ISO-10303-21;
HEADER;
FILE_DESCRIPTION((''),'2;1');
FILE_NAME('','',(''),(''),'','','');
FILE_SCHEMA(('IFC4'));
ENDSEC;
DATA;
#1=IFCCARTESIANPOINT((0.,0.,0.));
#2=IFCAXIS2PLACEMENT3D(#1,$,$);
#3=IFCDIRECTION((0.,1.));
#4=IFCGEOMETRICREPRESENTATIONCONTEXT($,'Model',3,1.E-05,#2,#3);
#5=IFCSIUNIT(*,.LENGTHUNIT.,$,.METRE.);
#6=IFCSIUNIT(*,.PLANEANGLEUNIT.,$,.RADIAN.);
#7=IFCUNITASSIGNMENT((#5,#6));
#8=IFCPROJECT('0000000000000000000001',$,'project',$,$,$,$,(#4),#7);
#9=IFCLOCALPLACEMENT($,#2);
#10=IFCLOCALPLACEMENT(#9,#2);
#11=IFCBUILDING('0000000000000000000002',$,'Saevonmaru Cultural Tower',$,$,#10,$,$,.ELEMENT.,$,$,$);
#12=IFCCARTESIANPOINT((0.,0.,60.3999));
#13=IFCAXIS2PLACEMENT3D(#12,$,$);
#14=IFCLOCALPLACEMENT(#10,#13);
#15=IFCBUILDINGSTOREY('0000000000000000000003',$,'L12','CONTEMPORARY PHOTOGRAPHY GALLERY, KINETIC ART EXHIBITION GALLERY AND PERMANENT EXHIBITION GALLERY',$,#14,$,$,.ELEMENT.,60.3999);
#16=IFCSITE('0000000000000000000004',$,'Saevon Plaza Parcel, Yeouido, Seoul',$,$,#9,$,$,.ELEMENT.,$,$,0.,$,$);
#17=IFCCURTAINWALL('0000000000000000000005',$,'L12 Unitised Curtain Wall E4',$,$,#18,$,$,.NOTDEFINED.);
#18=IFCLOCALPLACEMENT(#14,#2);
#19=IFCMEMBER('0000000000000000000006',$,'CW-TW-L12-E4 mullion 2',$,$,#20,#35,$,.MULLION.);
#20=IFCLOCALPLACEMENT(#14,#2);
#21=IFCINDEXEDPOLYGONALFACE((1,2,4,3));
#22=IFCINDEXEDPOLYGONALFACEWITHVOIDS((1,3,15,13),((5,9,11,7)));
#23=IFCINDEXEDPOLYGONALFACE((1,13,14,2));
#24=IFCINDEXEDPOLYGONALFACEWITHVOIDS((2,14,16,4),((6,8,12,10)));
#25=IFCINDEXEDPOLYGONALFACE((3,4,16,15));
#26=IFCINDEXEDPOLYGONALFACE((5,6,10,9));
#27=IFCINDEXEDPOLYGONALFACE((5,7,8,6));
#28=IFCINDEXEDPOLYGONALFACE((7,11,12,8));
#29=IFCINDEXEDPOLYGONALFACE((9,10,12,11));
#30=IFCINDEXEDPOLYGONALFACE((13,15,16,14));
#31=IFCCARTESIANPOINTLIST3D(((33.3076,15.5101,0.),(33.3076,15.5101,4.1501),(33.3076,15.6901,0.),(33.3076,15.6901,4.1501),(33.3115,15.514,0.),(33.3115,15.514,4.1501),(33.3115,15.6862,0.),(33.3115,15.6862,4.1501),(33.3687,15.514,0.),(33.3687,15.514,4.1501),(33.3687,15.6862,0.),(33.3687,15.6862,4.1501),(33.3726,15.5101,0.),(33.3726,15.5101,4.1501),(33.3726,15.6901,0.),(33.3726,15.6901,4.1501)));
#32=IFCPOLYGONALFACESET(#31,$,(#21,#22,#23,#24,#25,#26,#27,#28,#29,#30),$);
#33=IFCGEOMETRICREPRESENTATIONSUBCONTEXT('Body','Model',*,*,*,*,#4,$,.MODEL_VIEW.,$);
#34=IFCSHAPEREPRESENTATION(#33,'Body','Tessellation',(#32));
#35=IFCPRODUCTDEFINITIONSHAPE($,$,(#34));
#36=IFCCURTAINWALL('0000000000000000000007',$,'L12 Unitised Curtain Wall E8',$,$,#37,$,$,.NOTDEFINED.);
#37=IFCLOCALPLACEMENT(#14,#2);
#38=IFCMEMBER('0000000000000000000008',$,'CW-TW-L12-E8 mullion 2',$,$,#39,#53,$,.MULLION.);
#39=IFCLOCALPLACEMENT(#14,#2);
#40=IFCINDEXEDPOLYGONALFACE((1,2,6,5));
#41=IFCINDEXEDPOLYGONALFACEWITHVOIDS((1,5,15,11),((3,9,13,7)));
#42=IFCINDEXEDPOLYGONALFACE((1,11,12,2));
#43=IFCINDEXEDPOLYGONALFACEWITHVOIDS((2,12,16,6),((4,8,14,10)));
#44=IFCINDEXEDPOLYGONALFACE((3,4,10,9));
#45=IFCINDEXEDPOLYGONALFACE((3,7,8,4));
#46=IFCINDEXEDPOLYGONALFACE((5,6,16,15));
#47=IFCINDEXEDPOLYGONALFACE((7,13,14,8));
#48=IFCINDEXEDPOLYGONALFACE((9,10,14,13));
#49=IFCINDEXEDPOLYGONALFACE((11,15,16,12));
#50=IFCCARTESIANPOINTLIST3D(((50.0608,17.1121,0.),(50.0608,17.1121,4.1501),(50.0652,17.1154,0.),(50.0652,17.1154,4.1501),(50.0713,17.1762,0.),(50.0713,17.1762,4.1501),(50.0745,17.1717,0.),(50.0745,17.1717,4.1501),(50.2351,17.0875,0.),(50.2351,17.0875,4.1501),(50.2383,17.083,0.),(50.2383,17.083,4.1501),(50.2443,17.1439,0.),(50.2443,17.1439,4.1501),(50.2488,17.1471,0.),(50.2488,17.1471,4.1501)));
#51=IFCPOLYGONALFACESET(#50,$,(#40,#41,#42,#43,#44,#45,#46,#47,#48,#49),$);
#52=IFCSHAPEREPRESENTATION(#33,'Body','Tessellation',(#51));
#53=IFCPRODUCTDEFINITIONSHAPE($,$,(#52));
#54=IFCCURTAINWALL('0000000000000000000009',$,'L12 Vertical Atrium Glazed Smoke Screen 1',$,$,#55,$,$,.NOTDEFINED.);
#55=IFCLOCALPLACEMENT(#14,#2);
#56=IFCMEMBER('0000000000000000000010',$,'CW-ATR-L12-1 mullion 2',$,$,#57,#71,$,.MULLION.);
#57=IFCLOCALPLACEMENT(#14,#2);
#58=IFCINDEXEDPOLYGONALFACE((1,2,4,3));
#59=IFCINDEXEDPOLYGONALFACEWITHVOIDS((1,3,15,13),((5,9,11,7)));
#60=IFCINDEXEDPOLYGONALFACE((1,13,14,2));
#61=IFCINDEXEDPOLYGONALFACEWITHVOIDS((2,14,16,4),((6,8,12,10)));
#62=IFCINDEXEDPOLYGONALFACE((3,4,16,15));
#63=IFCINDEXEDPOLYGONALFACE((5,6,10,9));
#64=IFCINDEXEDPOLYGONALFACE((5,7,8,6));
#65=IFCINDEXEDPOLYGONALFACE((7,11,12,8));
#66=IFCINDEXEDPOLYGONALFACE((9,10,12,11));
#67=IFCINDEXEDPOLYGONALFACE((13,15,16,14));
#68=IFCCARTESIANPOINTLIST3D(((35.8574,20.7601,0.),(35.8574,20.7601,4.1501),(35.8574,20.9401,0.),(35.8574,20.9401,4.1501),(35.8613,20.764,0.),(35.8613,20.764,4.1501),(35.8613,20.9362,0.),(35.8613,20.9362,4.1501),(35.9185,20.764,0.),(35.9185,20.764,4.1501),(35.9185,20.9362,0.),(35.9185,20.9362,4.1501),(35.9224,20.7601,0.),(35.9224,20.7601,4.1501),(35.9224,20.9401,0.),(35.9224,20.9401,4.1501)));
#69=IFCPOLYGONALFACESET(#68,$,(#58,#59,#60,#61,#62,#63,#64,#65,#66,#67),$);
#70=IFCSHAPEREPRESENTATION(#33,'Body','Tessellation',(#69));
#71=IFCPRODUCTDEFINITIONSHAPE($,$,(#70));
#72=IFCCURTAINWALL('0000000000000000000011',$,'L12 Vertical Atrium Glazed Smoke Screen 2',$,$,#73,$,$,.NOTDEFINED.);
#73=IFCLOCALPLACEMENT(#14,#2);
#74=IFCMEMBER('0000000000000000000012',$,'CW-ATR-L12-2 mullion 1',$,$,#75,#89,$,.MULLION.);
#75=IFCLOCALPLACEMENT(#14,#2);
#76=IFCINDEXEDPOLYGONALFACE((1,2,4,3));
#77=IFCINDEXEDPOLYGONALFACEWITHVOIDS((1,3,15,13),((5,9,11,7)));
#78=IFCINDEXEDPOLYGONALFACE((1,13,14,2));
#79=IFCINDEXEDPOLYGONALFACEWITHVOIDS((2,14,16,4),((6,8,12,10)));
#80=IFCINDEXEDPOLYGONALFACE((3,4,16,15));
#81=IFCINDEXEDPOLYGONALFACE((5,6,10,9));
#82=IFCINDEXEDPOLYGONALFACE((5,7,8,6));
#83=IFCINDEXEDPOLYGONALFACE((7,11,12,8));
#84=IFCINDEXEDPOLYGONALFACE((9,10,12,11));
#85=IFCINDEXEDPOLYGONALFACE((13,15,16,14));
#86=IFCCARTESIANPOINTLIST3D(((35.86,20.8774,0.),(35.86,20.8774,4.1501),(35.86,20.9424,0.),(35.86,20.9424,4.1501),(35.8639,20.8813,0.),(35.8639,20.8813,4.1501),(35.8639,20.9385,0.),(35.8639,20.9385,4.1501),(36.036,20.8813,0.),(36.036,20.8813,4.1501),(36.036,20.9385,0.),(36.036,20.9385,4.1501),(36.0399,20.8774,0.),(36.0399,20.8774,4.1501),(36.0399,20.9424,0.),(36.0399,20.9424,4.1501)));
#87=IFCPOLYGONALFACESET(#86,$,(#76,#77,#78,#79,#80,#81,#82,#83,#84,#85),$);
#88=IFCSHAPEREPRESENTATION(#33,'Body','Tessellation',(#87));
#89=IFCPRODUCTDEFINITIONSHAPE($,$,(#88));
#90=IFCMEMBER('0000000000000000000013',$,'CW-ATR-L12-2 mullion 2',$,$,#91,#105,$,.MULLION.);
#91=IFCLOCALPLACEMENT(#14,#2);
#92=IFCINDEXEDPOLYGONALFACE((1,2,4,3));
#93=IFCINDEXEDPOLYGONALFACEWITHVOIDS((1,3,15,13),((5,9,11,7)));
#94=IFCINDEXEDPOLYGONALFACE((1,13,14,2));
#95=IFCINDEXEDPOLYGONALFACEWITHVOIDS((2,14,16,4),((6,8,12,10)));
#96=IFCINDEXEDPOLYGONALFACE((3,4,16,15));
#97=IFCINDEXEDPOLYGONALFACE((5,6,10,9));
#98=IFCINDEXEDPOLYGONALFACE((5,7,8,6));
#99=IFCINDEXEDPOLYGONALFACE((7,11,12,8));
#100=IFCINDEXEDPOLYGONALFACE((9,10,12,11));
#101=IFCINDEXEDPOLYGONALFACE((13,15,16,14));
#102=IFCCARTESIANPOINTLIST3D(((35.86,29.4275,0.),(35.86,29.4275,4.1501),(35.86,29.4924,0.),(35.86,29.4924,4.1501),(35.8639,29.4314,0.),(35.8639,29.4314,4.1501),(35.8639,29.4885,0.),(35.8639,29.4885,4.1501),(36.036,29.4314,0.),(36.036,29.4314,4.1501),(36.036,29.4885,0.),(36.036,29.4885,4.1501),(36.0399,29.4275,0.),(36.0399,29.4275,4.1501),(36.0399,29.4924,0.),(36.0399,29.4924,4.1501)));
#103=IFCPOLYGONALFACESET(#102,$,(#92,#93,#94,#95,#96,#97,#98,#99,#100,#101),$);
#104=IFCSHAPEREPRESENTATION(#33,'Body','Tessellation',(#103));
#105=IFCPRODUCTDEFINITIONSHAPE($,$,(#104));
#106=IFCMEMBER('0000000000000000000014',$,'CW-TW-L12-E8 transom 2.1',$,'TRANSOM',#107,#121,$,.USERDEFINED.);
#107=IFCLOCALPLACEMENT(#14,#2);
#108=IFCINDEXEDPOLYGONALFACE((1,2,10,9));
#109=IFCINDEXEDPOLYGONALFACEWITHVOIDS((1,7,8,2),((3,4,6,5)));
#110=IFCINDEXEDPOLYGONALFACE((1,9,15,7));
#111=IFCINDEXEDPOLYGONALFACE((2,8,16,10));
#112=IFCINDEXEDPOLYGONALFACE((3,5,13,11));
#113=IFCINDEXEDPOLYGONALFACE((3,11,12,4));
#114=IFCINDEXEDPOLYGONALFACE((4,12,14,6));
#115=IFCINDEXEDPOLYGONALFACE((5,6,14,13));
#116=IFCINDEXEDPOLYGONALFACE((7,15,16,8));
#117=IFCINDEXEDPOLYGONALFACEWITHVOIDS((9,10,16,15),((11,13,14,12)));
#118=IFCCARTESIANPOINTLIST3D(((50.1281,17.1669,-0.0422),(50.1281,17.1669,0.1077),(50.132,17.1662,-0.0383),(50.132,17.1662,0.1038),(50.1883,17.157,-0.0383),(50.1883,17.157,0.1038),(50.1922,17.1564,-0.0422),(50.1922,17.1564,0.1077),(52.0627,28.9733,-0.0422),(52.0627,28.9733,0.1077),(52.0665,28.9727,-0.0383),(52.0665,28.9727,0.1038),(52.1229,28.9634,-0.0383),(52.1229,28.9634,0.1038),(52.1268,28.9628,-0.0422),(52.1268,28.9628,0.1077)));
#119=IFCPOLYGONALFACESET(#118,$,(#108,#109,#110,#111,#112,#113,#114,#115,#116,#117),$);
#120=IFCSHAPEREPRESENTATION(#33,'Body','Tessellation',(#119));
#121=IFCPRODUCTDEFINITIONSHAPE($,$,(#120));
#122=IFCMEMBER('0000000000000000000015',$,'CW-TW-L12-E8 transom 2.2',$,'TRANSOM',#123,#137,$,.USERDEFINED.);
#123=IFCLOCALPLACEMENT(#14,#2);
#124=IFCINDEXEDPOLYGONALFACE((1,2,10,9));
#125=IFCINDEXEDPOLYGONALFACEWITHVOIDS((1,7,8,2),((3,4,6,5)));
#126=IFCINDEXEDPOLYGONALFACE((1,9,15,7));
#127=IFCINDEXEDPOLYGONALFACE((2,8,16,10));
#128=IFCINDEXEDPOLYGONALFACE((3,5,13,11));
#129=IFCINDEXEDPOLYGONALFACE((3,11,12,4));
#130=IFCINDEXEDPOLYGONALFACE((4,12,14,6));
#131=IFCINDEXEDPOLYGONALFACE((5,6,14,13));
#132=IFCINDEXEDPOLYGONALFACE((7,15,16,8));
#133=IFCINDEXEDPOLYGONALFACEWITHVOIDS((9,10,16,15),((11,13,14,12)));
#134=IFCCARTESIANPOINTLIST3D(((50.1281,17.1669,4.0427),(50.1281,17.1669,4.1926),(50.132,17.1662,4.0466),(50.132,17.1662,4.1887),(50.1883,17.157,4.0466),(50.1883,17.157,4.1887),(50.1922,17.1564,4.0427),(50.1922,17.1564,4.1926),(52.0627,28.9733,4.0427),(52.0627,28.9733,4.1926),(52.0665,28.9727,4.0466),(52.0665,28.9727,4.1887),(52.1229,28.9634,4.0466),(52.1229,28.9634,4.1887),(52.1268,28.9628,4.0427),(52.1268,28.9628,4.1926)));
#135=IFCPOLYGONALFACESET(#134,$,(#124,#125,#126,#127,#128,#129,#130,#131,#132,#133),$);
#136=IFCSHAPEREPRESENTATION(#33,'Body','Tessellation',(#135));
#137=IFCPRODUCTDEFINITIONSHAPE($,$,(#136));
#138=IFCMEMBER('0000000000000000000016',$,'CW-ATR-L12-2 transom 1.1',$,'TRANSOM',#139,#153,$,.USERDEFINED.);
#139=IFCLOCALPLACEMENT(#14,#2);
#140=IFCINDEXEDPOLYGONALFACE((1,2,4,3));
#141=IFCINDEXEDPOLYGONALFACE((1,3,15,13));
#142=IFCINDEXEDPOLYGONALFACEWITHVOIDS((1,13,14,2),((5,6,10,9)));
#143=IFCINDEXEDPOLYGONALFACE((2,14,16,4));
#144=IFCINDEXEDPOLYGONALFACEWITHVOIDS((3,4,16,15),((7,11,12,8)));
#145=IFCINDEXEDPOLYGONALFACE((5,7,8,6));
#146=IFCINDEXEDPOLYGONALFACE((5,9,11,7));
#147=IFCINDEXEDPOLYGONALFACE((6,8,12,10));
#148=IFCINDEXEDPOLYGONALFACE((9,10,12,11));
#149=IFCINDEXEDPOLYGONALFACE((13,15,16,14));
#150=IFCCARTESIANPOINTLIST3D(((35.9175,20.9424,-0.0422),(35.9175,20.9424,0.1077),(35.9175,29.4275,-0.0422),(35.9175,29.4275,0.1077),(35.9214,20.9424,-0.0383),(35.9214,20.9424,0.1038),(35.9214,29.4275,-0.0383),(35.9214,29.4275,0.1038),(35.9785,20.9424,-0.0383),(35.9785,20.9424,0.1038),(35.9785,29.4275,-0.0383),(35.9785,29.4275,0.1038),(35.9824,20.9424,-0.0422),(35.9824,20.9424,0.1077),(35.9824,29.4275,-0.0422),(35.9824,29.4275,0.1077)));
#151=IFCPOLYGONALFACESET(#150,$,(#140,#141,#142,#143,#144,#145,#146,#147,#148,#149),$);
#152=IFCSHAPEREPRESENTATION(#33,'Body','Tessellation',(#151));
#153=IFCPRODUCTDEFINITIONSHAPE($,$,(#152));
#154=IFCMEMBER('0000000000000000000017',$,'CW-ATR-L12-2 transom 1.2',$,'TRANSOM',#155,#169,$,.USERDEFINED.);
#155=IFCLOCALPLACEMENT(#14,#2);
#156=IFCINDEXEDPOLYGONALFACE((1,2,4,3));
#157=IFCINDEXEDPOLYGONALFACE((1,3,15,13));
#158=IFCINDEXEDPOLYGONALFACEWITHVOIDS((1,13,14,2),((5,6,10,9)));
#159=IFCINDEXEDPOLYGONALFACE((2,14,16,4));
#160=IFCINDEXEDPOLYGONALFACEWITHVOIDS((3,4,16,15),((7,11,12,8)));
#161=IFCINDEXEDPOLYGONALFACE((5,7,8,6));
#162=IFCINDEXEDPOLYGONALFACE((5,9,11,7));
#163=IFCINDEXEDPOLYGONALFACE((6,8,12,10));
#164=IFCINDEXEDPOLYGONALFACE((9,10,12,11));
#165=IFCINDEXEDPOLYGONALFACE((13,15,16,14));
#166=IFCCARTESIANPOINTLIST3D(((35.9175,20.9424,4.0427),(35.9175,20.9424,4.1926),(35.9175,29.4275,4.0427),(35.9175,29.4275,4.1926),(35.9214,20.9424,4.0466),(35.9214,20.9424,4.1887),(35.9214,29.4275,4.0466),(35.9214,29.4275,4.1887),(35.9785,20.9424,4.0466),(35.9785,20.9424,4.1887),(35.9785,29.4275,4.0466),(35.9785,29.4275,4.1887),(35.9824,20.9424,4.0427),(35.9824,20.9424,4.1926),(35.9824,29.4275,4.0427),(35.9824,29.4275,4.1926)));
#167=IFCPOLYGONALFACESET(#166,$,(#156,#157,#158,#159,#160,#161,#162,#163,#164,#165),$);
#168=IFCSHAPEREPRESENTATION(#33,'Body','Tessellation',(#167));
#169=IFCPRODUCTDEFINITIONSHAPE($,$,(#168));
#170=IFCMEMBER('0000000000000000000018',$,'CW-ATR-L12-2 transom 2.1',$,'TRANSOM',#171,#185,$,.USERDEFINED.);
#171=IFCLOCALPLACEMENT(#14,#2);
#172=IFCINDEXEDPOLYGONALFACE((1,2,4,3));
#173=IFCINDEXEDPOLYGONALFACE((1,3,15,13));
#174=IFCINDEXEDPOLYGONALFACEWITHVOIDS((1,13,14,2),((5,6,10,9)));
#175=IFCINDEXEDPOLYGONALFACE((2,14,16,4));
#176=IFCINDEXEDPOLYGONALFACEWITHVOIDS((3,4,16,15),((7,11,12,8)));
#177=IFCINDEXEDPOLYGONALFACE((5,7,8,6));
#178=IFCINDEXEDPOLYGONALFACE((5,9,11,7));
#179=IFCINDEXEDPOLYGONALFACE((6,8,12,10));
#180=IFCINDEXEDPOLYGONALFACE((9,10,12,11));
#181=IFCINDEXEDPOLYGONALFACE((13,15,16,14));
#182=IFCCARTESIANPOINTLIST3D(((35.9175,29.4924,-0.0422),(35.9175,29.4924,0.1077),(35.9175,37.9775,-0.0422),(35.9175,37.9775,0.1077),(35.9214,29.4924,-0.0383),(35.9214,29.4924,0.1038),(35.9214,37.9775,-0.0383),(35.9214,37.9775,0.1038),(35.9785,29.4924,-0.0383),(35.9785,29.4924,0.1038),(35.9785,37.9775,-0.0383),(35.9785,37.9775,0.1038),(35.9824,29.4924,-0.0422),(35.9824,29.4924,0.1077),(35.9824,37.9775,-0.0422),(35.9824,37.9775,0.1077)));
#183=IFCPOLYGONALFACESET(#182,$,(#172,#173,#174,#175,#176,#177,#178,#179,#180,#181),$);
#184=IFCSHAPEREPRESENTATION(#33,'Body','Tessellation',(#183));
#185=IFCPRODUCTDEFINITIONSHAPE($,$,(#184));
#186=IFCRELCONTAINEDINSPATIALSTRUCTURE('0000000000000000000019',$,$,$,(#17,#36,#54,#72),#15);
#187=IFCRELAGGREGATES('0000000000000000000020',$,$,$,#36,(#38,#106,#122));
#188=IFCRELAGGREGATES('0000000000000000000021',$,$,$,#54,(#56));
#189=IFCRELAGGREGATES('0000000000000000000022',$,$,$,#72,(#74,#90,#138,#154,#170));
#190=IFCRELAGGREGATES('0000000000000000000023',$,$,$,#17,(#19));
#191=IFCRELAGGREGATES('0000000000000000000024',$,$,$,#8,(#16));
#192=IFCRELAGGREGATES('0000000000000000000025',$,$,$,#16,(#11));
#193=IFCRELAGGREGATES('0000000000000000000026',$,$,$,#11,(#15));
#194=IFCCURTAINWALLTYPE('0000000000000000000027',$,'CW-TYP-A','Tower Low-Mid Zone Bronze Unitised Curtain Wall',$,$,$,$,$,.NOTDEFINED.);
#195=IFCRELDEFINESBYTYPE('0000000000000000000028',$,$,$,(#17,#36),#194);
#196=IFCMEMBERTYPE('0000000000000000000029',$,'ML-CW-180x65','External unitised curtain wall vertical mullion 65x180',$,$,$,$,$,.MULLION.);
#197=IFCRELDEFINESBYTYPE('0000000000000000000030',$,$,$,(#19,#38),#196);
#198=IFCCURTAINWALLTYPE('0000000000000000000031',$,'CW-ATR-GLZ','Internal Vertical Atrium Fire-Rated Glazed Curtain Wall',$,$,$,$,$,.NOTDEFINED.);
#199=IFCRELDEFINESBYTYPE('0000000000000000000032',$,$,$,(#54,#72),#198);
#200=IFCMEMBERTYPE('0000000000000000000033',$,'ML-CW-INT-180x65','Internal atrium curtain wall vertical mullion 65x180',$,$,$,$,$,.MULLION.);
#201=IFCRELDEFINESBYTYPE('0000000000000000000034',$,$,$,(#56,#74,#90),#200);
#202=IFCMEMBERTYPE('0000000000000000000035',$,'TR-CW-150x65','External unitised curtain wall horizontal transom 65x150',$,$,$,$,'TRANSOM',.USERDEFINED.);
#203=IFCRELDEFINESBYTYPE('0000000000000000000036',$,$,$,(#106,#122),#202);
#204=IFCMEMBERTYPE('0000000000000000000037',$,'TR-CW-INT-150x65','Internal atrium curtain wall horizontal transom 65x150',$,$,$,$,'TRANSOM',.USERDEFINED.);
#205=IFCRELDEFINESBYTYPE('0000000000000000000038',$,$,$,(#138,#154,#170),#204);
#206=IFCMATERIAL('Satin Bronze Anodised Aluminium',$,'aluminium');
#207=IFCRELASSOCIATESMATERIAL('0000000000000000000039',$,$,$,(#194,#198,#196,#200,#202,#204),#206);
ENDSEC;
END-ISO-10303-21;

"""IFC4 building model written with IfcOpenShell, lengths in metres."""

from ifc_helpers import new_model, si_unit, direction, frame, origin, origin_2d, place, context, subcontext, project, spatial, hollow_rectangle, extrude, material, material_profile, profile_set, type_object, element, aggregate, save


model = new_model("IFC4")

# Units and contexts
model_context = context("Model", 3, precision=1e-05, world=origin(), true_north=direction((0.0, 1.0)))
body_context = subcontext(model_context, "Body", "Model", "MODEL_VIEW")
ifc_project = project(units=[si_unit("LENGTHUNIT", "METRE"), si_unit("PLANEANGLEUNIT", "RADIAN")], contexts=[model_context])

# Site, building, storey
site_placement = place(None, origin())
site = spatial("IfcSite", under=ifc_project, at=site_placement, Name="Saevon Plaza Parcel, Yeouido, Seoul", CompositionType="ELEMENT", RefElevation=0.0)
building_placement = place(site_placement, origin())
building = spatial("IfcBuilding", under=site, at=building_placement, Name="Saevonmaru Cultural Tower", CompositionType="ELEMENT")
storey_placement = place(building_placement, frame((0.0, 0.0, 60.3999)))
storey = spatial("IfcBuildingStorey", under=building, at=storey_placement, Name="L12", Description="CONTEMPORARY PHOTOGRAPHY GALLERY, KINETIC ART EXHIBITION GALLERY AND PERMANENT EXHIBITION GALLERY", CompositionType="ELEMENT", Elevation=60.3999)

# Curtain walls, members
ifc_material_1 = material(Name="Satin Bronze Anodised Aluminium", Category="aluminium")
curtain_wall_type_1 = type_object("IfcCurtainWallType", Name="CW-TYP-A", Description="Tower Low-Mid Zone Bronze Unitised Curtain Wall", PredefinedType="NOTDEFINED", material=ifc_material_1)
curtain_wall_1_placement = place(storey_placement, origin())
curtain_wall_1 = element("IfcCurtainWall", 1, at=curtain_wall_1_placement, inside=storey, type_object=curtain_wall_type_1, Name="L12 Unitised Curtain Wall E4", PredefinedType="NOTDEFINED")
ifc_material_profile_1 = material_profile(ifc_material_1, hollow_rectangle(XDim=0.0649, YDim=0.1799, WallThickness=0.0039, at=origin_2d()), Name="ALU-MULL-180x65x4")
ifc_profile_set_1 = profile_set([ifc_material_profile_1], Name="Satin Bronze Anodised Aluminium")
member_type_1 = type_object("IfcMemberType", Name="ML-CW-180x65", Description="External unitised curtain wall vertical mullion 65x180", PredefinedType="MULLION", material=ifc_profile_set_1)
member_1_placement = place(storey_placement, frame((33.3401, 15.6001, 0.0), z_axis=(0.0, 0.0, 1.0), x_axis=(1.0, 0.0, 0.0)))
member_1 = element("IfcMember", 2, at=member_1_placement, type_object=member_type_1, Name="CW-TW-L12-E4 mullion 2", PredefinedType="MULLION", context=body_context, shape_type="SweptSolid", body=[
    extrude(hollow_rectangle(XDim=0.0649, YDim=0.1799, WallThickness=0.0039, at=origin_2d()), origin(), (0.0, 0.0, 1.0), 4.1501),
])
curtain_wall_2_placement = place(storey_placement, origin())
curtain_wall_2 = element("IfcCurtainWall", 3, at=curtain_wall_2_placement, inside=storey, type_object=curtain_wall_type_1, Name="L12 Unitised Curtain Wall E8", PredefinedType="NOTDEFINED")
member_2_placement = place(storey_placement, frame((50.1548, 17.1296, 0.0), z_axis=(0.0, 0.0, 1.0), x_axis=(0.161709, 0.986839, 0.0)))
member_2 = element("IfcMember", 4, at=member_2_placement, type_object=member_type_1, Name="CW-TW-L12-E8 mullion 2", PredefinedType="MULLION", context=body_context, shape_type="SweptSolid", body=[
    extrude(hollow_rectangle(XDim=0.0649, YDim=0.1799, WallThickness=0.0039, at=origin_2d()), origin(), (0.0, 0.0, 1.0), 4.1501),
])
curtain_wall_type_2 = type_object("IfcCurtainWallType", Name="CW-ATR-GLZ", Description="Internal Vertical Atrium Fire-Rated Glazed Curtain Wall", PredefinedType="NOTDEFINED", material=ifc_material_1)
curtain_wall_3_placement = place(storey_placement, origin())
curtain_wall_3 = element("IfcCurtainWall", 5, at=curtain_wall_3_placement, inside=storey, type_object=curtain_wall_type_2, Name="L12 Vertical Atrium Glazed Smoke Screen 1", PredefinedType="NOTDEFINED")
ifc_material_profile_2 = material_profile(ifc_material_1, hollow_rectangle(XDim=0.0649, YDim=0.1799, WallThickness=0.0039, at=origin_2d()), Name="ALU-MULL-180x65x4")
ifc_profile_set_2 = profile_set([ifc_material_profile_2], Name="Satin Bronze Anodised Aluminium")
member_type_2 = type_object("IfcMemberType", Name="ML-CW-INT-180x65", Description="Internal atrium curtain wall vertical mullion 65x180", PredefinedType="MULLION", material=ifc_profile_set_2)
member_3_placement = place(storey_placement, frame((35.8899, 20.8501, 0.0), z_axis=(0.0, 0.0, 1.0), x_axis=(1.0, 0.0, 0.0)))
member_3 = element("IfcMember", 6, at=member_3_placement, type_object=member_type_2, Name="CW-ATR-L12-1 mullion 2", PredefinedType="MULLION", context=body_context, shape_type="SweptSolid", body=[
    extrude(hollow_rectangle(XDim=0.0649, YDim=0.1799, WallThickness=0.0039, at=origin_2d()), origin(), (0.0, 0.0, 1.0), 4.1501),
])

# Curtain wall, members
curtain_wall_4_placement = place(storey_placement, origin())
curtain_wall_4 = element("IfcCurtainWall", 7, at=curtain_wall_4_placement, inside=storey, type_object=curtain_wall_type_2, Name="L12 Vertical Atrium Glazed Smoke Screen 2", PredefinedType="NOTDEFINED")
member_4_placement = place(storey_placement, frame((35.95, 20.9099, 0.0), z_axis=(0.0, 0.0, 1.0), x_axis=(0.0, 1.0, 0.0)))
member_4 = element("IfcMember", 8, at=member_4_placement, type_object=member_type_2, Name="CW-ATR-L12-2 mullion 1", PredefinedType="MULLION", context=body_context, shape_type="SweptSolid", body=[
    extrude(hollow_rectangle(XDim=0.0649, YDim=0.1799, WallThickness=0.0039, at=origin_2d()), origin(), (0.0, 0.0, 1.0), 4.1501),
])
member_5_placement = place(storey_placement, frame((35.95, 29.46, 0.0), z_axis=(0.0, 0.0, 1.0), x_axis=(0.0, 1.0, 0.0)))
member_5 = element("IfcMember", 9, at=member_5_placement, type_object=member_type_2, Name="CW-ATR-L12-2 mullion 2", PredefinedType="MULLION", context=body_context, shape_type="SweptSolid", body=[
    extrude(hollow_rectangle(XDim=0.0649, YDim=0.1799, WallThickness=0.0039, at=origin_2d()), origin(), (0.0, 0.0, 1.0), 4.1501),
])

# Members
ifc_material_profile_3 = material_profile(ifc_material_1, hollow_rectangle(XDim=0.0649, YDim=0.1499, WallThickness=0.0039, at=origin_2d()), Name="ALU-TRAN-150x65x4")
ifc_profile_set_3 = profile_set([ifc_material_profile_3], Name="Satin Bronze Anodised Aluminium")
member_type_3 = type_object("IfcMemberType", Name="TR-CW-150x65", Description="External unitised curtain wall horizontal transom 65x150", ElementType="TRANSOM", PredefinedType="USERDEFINED", material=ifc_profile_set_3)
member_6_placement = place(storey_placement, frame((50.1602, 17.1616, 0.0327), z_axis=(0.161701, 0.98684, 0.0), x_axis=(-0.98684, 0.161701, 0.0)))
member_6 = element("IfcMember", 10, at=member_6_placement, type_object=member_type_3, Name="CW-TW-L12-E8 transom 2.1", ObjectType="TRANSOM", PredefinedType="USERDEFINED", context=body_context, shape_type="SweptSolid", body=[
    extrude(hollow_rectangle(XDim=0.0649, YDim=0.1499, WallThickness=0.0039, at=origin_2d()), origin(), (0.0, 0.0, 1.0), 11.9639),
])
member_7_placement = place(storey_placement, frame((50.1602, 17.1616, 4.1177), z_axis=(0.161701, 0.98684, 0.0), x_axis=(-0.98684, 0.161701, 0.0)))
member_7 = element("IfcMember", 11, at=member_7_placement, type_object=member_type_3, Name="CW-TW-L12-E8 transom 2.2", ObjectType="TRANSOM", PredefinedType="USERDEFINED", context=body_context, shape_type="SweptSolid", body=[
    extrude(hollow_rectangle(XDim=0.0649, YDim=0.1499, WallThickness=0.0039, at=origin_2d()), origin(), (0.0, 0.0, 1.0), 11.9639),
])
aggregate(curtain_wall_2, [member_2, member_6, member_7])
ifc_material_profile_4 = material_profile(ifc_material_1, hollow_rectangle(XDim=0.0649, YDim=0.1499, WallThickness=0.0039, at=origin_2d()), Name="ALU-TRAN-150x65x4")
ifc_profile_set_4 = profile_set([ifc_material_profile_4], Name="Satin Bronze Anodised Aluminium")
member_type_4 = type_object("IfcMemberType", Name="TR-CW-INT-150x65", Description="Internal atrium curtain wall horizontal transom 65x150", ElementType="TRANSOM", PredefinedType="USERDEFINED", material=ifc_profile_set_4)
member_8_placement = place(storey_placement, frame((35.95, 20.9424, 0.0327), z_axis=(0.0, 1.0, 0.0), x_axis=(-1.0, 0.0, 0.0)))
member_8 = element("IfcMember", 12, at=member_8_placement, type_object=member_type_4, Name="CW-ATR-L12-2 transom 1.1", ObjectType="TRANSOM", PredefinedType="USERDEFINED", context=body_context, shape_type="SweptSolid", body=[
    extrude(hollow_rectangle(XDim=0.0649, YDim=0.1499, WallThickness=0.0039, at=origin_2d()), origin(), (0.0, 0.0, 1.0), 8.4851),
])
member_9_placement = place(storey_placement, frame((35.95, 20.9424, 4.1177), z_axis=(0.0, 1.0, 0.0), x_axis=(-1.0, 0.0, 0.0)))
member_9 = element("IfcMember", 13, at=member_9_placement, type_object=member_type_4, Name="CW-ATR-L12-2 transom 1.2", ObjectType="TRANSOM", PredefinedType="USERDEFINED", context=body_context, shape_type="SweptSolid", body=[
    extrude(hollow_rectangle(XDim=0.0649, YDim=0.1499, WallThickness=0.0039, at=origin_2d()), origin(), (0.0, 0.0, 1.0), 8.4851),
])
member_10_placement = place(storey_placement, frame((35.95, 29.4924, 0.0327), z_axis=(0.0, 1.0, 0.0), x_axis=(-1.0, 0.0, 0.0)))
member_10 = element("IfcMember", 14, at=member_10_placement, type_object=member_type_4, Name="CW-ATR-L12-2 transom 2.1", ObjectType="TRANSOM", PredefinedType="USERDEFINED", context=body_context, shape_type="SweptSolid", body=[
    extrude(hollow_rectangle(XDim=0.0649, YDim=0.1499, WallThickness=0.0039, at=origin_2d()), origin(), (0.0, 0.0, 1.0), 8.4851),
])

aggregate(curtain_wall_3, [member_3])
aggregate(curtain_wall_4, [member_4, member_5, member_8, member_9, member_10])
aggregate(curtain_wall_1, [member_1])

save(model, "model.ifc")
